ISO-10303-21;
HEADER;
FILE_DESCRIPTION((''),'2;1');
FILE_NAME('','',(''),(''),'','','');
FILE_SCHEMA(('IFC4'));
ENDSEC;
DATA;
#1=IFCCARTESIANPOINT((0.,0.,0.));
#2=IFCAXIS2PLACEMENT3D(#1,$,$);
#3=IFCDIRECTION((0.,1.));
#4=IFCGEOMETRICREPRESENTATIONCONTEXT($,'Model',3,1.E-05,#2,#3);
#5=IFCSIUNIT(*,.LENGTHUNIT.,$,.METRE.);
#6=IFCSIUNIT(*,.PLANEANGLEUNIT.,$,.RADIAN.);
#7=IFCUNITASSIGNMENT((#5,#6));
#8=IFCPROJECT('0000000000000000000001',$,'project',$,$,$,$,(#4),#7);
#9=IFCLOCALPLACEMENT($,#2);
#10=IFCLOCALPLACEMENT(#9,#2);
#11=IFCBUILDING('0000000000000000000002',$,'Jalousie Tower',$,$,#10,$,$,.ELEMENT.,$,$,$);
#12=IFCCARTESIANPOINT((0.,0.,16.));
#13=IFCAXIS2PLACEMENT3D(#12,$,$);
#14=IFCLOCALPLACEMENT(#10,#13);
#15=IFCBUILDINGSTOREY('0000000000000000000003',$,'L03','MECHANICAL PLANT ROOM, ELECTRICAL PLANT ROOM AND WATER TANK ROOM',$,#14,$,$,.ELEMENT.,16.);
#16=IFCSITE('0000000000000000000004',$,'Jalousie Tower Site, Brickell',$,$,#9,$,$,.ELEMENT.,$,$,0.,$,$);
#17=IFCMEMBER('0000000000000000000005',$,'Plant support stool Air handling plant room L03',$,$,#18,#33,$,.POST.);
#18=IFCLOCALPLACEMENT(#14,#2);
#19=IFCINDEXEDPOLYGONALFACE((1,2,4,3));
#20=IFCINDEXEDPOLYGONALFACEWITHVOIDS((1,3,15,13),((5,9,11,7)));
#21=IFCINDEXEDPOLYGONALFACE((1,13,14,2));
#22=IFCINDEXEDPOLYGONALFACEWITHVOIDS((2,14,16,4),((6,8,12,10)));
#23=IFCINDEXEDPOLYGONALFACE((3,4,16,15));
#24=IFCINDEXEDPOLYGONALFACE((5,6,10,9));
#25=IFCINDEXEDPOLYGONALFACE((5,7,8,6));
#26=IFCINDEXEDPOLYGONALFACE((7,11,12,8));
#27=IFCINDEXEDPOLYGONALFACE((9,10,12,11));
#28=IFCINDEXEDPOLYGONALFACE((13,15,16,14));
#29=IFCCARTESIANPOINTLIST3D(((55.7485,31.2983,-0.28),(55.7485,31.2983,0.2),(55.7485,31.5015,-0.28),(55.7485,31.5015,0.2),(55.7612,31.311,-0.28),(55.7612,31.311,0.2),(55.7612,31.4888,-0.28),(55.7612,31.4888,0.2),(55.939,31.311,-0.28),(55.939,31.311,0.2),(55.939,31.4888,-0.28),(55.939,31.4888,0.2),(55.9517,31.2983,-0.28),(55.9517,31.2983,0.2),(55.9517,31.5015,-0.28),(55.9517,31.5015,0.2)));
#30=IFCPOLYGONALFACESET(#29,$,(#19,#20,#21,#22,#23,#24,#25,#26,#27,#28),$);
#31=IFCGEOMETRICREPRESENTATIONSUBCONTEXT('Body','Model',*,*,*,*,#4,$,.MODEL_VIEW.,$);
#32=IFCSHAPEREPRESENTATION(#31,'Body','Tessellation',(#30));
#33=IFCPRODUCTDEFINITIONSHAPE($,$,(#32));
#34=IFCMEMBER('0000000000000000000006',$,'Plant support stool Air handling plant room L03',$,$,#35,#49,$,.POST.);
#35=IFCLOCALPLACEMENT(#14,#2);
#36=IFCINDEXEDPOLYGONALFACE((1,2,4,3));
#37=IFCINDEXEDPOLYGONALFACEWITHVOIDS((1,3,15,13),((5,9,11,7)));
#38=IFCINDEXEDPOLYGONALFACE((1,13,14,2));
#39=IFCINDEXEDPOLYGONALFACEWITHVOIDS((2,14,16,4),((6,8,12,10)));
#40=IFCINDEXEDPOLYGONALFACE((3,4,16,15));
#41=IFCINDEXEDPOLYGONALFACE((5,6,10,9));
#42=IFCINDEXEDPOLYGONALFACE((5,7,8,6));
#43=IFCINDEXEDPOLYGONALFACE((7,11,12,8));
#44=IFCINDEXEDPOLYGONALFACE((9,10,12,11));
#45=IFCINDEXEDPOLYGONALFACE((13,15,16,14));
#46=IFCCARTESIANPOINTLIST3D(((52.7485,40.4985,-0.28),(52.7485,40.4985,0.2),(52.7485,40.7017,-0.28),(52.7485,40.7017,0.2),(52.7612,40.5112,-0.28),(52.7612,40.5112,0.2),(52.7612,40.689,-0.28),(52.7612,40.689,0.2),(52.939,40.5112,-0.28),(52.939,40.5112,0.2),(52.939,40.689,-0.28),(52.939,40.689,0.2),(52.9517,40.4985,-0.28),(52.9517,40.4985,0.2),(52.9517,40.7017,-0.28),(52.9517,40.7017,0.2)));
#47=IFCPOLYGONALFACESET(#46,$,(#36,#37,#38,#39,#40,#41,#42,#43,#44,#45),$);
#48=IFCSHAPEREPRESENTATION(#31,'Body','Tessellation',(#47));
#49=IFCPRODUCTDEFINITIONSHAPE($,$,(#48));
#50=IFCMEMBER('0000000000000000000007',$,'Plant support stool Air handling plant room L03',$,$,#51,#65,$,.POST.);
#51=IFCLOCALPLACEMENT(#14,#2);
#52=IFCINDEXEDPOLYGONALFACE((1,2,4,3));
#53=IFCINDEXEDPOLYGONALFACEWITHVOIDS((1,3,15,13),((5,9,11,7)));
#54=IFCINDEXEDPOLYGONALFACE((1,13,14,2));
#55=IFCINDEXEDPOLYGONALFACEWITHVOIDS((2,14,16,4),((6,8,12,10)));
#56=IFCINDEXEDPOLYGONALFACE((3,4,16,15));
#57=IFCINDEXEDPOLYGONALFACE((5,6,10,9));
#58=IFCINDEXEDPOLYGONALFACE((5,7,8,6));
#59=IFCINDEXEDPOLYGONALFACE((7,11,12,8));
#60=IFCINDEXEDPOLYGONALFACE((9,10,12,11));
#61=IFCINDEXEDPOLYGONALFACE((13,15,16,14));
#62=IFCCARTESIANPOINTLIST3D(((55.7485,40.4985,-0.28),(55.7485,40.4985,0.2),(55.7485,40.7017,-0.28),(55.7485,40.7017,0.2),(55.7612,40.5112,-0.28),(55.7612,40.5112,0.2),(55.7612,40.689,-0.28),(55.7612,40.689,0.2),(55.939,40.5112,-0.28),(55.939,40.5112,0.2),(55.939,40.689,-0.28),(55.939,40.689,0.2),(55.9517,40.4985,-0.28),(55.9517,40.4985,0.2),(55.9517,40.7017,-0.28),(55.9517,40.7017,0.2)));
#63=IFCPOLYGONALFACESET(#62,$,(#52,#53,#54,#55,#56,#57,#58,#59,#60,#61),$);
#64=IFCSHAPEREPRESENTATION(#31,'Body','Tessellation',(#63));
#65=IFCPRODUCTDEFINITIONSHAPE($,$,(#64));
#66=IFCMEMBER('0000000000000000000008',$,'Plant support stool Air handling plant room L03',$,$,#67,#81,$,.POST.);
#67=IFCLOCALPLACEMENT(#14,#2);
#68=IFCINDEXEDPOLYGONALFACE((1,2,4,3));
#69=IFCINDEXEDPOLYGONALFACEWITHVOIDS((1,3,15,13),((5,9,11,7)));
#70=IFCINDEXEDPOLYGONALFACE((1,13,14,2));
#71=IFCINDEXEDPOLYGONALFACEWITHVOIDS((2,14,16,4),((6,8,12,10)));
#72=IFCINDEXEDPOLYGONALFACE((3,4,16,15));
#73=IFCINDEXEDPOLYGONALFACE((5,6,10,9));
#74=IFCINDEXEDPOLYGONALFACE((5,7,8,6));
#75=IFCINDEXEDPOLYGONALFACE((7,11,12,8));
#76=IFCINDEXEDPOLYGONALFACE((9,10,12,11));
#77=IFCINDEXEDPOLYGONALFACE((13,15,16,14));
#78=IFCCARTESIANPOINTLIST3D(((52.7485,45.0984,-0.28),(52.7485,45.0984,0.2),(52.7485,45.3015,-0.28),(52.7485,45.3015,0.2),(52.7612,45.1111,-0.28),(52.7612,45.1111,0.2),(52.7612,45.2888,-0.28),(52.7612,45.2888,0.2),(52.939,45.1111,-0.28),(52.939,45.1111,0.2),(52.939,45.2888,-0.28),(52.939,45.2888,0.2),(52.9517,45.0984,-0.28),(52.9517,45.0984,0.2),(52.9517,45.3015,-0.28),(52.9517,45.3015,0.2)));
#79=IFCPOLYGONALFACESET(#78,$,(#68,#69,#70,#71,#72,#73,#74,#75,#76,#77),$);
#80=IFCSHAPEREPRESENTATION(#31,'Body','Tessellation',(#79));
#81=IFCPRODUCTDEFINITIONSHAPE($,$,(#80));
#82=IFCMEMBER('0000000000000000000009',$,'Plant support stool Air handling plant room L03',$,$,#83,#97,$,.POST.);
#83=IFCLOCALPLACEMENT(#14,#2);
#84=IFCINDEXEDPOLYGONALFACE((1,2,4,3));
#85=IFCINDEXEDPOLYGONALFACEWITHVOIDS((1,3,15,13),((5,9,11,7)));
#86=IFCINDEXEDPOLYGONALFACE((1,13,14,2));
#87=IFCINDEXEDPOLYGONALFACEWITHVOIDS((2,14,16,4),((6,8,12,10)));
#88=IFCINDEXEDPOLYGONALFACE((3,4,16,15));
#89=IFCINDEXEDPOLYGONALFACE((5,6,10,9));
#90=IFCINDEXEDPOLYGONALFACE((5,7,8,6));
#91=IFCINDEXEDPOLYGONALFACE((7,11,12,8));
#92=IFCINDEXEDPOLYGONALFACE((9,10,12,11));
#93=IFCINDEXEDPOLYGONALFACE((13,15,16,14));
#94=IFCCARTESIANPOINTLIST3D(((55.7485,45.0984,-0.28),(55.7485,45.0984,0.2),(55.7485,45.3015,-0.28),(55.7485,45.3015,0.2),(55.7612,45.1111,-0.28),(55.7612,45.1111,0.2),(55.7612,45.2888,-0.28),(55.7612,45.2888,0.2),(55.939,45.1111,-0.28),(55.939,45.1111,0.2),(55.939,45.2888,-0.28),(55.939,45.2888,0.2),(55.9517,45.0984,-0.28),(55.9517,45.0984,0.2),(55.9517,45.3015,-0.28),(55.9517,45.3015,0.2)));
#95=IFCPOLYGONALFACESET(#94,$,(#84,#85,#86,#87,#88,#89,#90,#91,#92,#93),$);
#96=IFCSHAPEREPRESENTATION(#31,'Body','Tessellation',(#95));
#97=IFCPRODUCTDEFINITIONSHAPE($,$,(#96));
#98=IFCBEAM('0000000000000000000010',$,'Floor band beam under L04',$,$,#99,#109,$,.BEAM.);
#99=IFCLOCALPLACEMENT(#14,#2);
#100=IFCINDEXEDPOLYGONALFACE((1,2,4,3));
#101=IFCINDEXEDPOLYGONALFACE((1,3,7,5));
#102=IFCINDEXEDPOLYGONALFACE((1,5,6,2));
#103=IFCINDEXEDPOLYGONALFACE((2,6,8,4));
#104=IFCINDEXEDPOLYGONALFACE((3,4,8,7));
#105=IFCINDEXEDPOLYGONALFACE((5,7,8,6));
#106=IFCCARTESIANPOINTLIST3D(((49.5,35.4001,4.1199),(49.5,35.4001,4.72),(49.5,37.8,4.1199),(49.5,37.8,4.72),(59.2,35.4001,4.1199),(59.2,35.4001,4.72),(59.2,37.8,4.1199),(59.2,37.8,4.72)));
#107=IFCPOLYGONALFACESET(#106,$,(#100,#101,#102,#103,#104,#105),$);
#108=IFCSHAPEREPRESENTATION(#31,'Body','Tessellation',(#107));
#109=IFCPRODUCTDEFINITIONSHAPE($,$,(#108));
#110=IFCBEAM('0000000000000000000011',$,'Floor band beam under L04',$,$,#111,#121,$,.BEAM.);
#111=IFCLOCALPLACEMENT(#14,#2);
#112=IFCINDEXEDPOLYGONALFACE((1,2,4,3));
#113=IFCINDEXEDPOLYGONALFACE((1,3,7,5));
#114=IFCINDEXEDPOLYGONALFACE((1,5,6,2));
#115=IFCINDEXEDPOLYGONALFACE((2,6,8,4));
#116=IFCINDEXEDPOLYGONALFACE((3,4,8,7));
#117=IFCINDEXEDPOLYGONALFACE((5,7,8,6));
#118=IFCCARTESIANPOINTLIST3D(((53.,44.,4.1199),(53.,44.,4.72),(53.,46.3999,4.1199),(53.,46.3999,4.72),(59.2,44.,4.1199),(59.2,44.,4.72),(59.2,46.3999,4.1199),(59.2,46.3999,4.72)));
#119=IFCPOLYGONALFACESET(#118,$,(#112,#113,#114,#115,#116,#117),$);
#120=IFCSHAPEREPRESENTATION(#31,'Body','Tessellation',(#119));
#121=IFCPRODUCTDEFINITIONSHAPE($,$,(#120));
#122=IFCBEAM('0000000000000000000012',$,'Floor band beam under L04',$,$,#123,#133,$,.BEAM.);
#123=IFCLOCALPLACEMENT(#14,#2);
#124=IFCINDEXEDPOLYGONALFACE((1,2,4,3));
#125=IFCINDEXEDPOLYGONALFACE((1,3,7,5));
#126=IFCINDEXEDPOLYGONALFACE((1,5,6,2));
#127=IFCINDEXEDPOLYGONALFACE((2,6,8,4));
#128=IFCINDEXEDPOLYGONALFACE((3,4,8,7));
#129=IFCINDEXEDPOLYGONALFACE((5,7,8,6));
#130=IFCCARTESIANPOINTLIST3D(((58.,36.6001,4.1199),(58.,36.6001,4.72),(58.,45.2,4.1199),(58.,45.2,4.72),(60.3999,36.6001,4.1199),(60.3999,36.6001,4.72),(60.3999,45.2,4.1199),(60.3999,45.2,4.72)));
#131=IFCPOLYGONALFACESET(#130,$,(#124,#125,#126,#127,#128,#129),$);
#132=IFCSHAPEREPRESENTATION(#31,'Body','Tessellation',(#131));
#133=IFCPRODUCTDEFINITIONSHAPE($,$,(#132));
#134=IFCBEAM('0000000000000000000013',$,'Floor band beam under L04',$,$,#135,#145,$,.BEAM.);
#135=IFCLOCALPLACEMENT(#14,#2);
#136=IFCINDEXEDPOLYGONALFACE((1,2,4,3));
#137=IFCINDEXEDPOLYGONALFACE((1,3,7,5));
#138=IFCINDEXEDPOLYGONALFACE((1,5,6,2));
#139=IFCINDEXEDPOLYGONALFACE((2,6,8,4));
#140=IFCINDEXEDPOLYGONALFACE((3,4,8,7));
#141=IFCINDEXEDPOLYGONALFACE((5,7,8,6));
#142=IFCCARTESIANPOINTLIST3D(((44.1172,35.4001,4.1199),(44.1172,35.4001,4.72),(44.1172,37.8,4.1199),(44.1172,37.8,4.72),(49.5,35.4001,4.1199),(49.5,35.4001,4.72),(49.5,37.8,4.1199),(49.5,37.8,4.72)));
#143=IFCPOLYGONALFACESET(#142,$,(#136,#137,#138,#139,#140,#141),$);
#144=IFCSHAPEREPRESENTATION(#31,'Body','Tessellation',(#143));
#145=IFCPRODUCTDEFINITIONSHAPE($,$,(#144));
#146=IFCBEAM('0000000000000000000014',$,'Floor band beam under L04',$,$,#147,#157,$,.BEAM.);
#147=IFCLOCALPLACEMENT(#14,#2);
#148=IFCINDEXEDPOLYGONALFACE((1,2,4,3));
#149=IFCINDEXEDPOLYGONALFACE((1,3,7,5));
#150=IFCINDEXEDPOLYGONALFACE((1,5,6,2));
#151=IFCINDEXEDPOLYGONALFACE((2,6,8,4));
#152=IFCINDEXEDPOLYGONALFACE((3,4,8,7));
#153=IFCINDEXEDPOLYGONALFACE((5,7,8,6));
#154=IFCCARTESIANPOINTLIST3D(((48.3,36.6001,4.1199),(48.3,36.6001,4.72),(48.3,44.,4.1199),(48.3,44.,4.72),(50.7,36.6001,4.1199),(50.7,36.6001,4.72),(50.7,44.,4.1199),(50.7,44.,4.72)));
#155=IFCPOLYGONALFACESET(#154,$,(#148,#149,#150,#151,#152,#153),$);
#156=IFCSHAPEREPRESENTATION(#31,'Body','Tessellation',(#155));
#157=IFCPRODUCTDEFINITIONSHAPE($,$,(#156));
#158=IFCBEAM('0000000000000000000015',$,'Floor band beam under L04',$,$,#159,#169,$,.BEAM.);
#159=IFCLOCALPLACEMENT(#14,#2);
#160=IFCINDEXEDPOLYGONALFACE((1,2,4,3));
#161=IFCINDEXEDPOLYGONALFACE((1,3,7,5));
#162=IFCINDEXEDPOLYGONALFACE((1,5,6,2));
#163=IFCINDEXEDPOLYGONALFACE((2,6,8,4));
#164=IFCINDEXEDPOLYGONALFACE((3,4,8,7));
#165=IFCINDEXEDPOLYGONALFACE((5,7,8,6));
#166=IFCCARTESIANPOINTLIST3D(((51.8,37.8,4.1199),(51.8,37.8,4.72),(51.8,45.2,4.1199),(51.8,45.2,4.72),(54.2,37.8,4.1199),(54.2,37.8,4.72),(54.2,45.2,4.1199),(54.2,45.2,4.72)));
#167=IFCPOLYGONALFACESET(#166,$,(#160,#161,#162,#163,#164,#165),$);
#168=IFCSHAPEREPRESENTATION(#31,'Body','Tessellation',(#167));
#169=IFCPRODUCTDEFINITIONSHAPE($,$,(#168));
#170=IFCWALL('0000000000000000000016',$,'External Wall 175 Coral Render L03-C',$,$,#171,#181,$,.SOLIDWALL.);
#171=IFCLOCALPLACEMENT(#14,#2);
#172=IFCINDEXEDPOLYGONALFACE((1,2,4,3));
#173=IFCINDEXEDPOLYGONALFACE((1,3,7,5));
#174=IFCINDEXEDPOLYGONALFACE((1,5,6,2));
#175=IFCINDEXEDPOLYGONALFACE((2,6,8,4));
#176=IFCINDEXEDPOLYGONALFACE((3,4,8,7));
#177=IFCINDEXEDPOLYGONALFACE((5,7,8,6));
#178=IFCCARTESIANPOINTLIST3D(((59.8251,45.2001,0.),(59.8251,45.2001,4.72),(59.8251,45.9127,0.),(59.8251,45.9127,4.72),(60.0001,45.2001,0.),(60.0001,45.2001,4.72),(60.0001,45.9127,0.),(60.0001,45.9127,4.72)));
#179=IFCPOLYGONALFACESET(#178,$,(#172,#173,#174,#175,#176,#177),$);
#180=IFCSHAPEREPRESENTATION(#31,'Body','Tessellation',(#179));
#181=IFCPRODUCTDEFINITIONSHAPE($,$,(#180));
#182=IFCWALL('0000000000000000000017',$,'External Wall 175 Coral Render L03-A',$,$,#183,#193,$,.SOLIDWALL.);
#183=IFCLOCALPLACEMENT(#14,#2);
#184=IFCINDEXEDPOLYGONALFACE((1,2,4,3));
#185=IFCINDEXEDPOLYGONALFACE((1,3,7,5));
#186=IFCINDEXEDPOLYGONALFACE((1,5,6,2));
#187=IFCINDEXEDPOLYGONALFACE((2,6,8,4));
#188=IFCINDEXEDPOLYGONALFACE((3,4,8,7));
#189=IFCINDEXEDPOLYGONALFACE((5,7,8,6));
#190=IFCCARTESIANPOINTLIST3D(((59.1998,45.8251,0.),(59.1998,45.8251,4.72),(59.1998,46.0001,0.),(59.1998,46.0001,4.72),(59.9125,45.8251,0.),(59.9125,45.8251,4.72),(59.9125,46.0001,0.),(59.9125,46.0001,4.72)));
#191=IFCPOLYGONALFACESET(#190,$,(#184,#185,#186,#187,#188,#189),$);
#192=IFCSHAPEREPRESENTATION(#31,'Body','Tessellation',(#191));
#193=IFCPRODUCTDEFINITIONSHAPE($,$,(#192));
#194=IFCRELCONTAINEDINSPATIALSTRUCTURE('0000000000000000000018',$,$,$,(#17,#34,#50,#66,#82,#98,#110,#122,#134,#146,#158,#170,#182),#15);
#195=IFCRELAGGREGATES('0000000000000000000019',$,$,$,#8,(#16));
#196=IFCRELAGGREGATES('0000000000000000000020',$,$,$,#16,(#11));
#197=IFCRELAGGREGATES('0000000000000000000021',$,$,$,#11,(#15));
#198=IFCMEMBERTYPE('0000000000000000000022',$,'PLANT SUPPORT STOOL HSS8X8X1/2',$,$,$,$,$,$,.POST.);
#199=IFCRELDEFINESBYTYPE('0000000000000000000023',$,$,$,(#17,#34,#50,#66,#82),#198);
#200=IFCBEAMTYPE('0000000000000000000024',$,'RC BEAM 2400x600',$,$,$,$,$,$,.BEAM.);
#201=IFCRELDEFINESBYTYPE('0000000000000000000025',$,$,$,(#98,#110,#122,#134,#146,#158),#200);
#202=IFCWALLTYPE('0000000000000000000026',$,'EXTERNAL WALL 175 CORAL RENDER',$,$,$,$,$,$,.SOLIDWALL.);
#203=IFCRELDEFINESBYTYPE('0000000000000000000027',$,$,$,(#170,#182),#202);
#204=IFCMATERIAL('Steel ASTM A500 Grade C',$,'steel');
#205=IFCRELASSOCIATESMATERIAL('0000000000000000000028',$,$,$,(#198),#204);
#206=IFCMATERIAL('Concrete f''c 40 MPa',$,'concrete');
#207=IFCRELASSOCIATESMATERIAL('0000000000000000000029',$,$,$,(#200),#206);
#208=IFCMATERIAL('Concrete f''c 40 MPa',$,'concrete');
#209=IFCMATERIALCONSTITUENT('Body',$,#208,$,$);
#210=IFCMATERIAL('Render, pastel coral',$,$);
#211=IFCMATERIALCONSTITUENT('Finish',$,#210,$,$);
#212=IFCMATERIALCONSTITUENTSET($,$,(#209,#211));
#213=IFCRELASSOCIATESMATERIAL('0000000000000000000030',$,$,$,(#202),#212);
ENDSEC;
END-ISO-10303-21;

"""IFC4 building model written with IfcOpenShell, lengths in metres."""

from ifc_helpers import new_model, si_unit, direction, frame, frame_2d, origin, origin_2d, place, context, subcontext, project, spatial, rectangle, hollow_rectangle, extrude, material, constituent, constituent_set, material_profile, profile_set, type_object, element, save


model = new_model("IFC4")

# Units and contexts
model_context = context("Model", 3, precision=1e-05, world=origin(), true_north=direction((0.0, 1.0)))
body_context = subcontext(model_context, "Body", "Model", "MODEL_VIEW")
ifc_project = project(units=[si_unit("LENGTHUNIT", "METRE"), si_unit("PLANEANGLEUNIT", "RADIAN")], contexts=[model_context])

# Site, building, storey
site_placement = place(None, origin())
site = spatial("IfcSite", under=ifc_project, at=site_placement, Name="Jalousie Tower Site, Brickell", CompositionType="ELEMENT", RefElevation=0.0)
building_placement = place(site_placement, origin())
building = spatial("IfcBuilding", under=site, at=building_placement, Name="Jalousie Tower", CompositionType="ELEMENT")
storey_placement = place(building_placement, frame((0.0, 0.0, 16.0)))
storey = spatial("IfcBuildingStorey", under=building, at=storey_placement, Name="L03", Description="MECHANICAL PLANT ROOM, ELECTRICAL PLANT ROOM AND WATER TANK ROOM", CompositionType="ELEMENT", Elevation=16.0)

# Members
ifc_material_1 = material(Name="Steel ASTM A500 Grade C", Category="steel")
ifc_material_profile_1 = material_profile(ifc_material_1, hollow_rectangle(XDim=0.2031, YDim=0.2031, WallThickness=0.0127, at=origin_2d()), Name="HSS8X8X1/2")
ifc_profile_set_1 = profile_set([ifc_material_profile_1], Name="Steel ASTM A500 Grade C")
member_type = type_object("IfcMemberType", Name="PLANT SUPPORT STOOL HSS8X8X1/2", PredefinedType="POST", material=ifc_profile_set_1)
for number, where, z_axis, x_axis, name in (
    (1, (55.8501, 31.3999, -0.28), (0.0, 0.0, 1.0), (1.0, 0.0, 0.0), "Plant support stool Air handling plant room L03"),
    (2, (52.8501, 40.6001, -0.28), (0.0, 0.0, 1.0), (1.0, 0.0, 0.0), "Plant support stool Air handling plant room L03"),
    (3, (55.8501, 40.6001, -0.28), (0.0, 0.0, 1.0), (1.0, 0.0, 0.0), "Plant support stool Air handling plant room L03"),
    (4, (52.8501, 45.2, -0.28), (0.0, 0.0, 1.0), (1.0, 0.0, 0.0), "Plant support stool Air handling plant room L03"),
    (5, (55.8501, 45.2, -0.28), (0.0, 0.0, 1.0), (1.0, 0.0, 0.0), "Plant support stool Air handling plant room L03"),
):
    element("IfcMember", number, at=place(storey_placement, frame(where, z_axis=z_axis, x_axis=x_axis)), inside=storey, type_object=member_type, Name=name, PredefinedType="POST", context=body_context, shape_type="SweptSolid", body=[
        extrude(hollow_rectangle(XDim=0.2031, YDim=0.2031, WallThickness=0.0127, at=origin_2d()), origin(), (0.0, 0.0, 1.0), 0.48),
    ])

# Beams
ifc_material_2 = material(Name="Concrete f'c 40 MPa", Category="concrete")
ifc_material_profile_2 = material_profile(ifc_material_2, rectangle(XDim=2.3999, YDim=0.6001, at=origin_2d()), Name="RC 2400x600")
ifc_profile_set_2 = profile_set([ifc_material_profile_2], Name="Concrete f'c 40 MPa")
beam_type_1 = type_object("IfcBeamType", Name="RC BEAM 2400x600", PredefinedType="BEAM", material=ifc_profile_set_2)
beam_1_placement = place(storey_placement, frame((49.5, 36.6001, 4.4199), z_axis=(1.0, 0.0, 0.0), x_axis=(0.0, 1.0, 0.0)))
element("IfcBeam", 6, at=beam_1_placement, inside=storey, type_object=beam_type_1, Name="Floor band beam under L04", PredefinedType="BEAM", context=body_context, shape_type="SweptSolid", body=[
    extrude(rectangle(XDim=2.3999, YDim=0.6001, at=origin_2d()), origin(), (0.0, 0.0, 1.0), 9.7),
])
beam_2_placement = place(storey_placement, frame((53.0, 45.2, 4.4199), z_axis=(1.0, 0.0, 0.0), x_axis=(0.0, 1.0, 0.0)))
element("IfcBeam", 7, at=beam_2_placement, inside=storey, type_object=beam_type_1, Name="Floor band beam under L04", PredefinedType="BEAM", context=body_context, shape_type="SweptSolid", body=[
    extrude(rectangle(XDim=2.3999, YDim=0.6001, at=origin_2d()), origin(), (0.0, 0.0, 1.0), 6.2),
])
beam_3_placement = place(storey_placement, frame((59.2, 36.6001, 4.4199), z_axis=(0.0, 1.0, 0.0), x_axis=(-1.0, 0.0, 0.0)))
element("IfcBeam", 8, at=beam_3_placement, inside=storey, type_object=beam_type_1, Name="Floor band beam under L04", PredefinedType="BEAM", context=body_context, shape_type="SweptSolid", body=[
    extrude(rectangle(XDim=2.3999, YDim=0.6001, at=origin_2d()), origin(), (0.0, 0.0, 1.0), 8.5999),
])
beam_4_placement = place(storey_placement, frame((49.5, 36.6001, 4.4199), z_axis=(-1.0, 0.0, 0.0), x_axis=(0.0, -1.0, 0.0)))
element("IfcBeam", 9, at=beam_4_placement, inside=storey, type_object=beam_type_1, Name="Floor band beam under L04", PredefinedType="BEAM", context=body_context, shape_type="SweptSolid", body=[
    extrude(rectangle(XDim=2.3999, YDim=0.6001, at=origin_2d()), origin(), (0.0, 0.0, 1.0), 5.3828),
])
for number, where, z_axis, x_axis, name in (
    (10, (49.5, 36.6001, 4.4199), (0.0, 1.0, 0.0), (-1.0, 0.0, 0.0), "Floor band beam under L04"),
    (11, (53.0, 45.2, 4.4199), (0.0, -1.0, 0.0), (1.0, 0.0, 0.0), "Floor band beam under L04"),
):
    element("IfcBeam", number, at=place(storey_placement, frame(where, z_axis=z_axis, x_axis=x_axis)), inside=storey, type_object=beam_type_1, Name=name, PredefinedType="BEAM", context=body_context, shape_type="SweptSolid", body=[
        extrude(rectangle(XDim=2.3999, YDim=0.6001, at=origin_2d()), origin(), (0.0, 0.0, 1.0), 7.3999),
    ])

# Walls
ifc_material_3 = material(Name="Concrete f'c 40 MPa", Category="concrete")
ifc_constituent_1 = constituent(ifc_material_3, Name="Body")
ifc_material_4 = material(Name="Render, pastel coral")
ifc_constituent_2 = constituent(ifc_material_4, Name="Finish")
ifc_constituent_set = constituent_set(constituents=[ifc_constituent_1, ifc_constituent_2])
wall_type = type_object("IfcWallType", Name="EXTERNAL WALL 175 CORAL RENDER", PredefinedType="SOLIDWALL", material=ifc_constituent_set)
for number, where, z_axis, x_axis, name in (
    (12, (59.9126, 45.2, 0.0), (0.0, 0.0, 1.0), (0.0, 1.0, 0.0), "External Wall 175 Coral Render L03-C"),
    (13, (59.9126, 45.9126, 0.0), (0.0, 0.0, 1.0), (-1.0, 0.0, 0.0), "External Wall 175 Coral Render L03-A"),
):
    element("IfcWall", number, at=place(storey_placement, frame(where, z_axis=z_axis, x_axis=x_axis)), inside=storey, type_object=wall_type, Name=name, PredefinedType="SOLIDWALL", context=body_context, shape_type="SweptSolid", body=[
        extrude(rectangle(XDim=0.7126, YDim=0.175, at=frame_2d((0.3564, 0.0))), origin(), (0.0, 0.0, 1.0), 4.72),
    ])

save(model, "model.ifc")
